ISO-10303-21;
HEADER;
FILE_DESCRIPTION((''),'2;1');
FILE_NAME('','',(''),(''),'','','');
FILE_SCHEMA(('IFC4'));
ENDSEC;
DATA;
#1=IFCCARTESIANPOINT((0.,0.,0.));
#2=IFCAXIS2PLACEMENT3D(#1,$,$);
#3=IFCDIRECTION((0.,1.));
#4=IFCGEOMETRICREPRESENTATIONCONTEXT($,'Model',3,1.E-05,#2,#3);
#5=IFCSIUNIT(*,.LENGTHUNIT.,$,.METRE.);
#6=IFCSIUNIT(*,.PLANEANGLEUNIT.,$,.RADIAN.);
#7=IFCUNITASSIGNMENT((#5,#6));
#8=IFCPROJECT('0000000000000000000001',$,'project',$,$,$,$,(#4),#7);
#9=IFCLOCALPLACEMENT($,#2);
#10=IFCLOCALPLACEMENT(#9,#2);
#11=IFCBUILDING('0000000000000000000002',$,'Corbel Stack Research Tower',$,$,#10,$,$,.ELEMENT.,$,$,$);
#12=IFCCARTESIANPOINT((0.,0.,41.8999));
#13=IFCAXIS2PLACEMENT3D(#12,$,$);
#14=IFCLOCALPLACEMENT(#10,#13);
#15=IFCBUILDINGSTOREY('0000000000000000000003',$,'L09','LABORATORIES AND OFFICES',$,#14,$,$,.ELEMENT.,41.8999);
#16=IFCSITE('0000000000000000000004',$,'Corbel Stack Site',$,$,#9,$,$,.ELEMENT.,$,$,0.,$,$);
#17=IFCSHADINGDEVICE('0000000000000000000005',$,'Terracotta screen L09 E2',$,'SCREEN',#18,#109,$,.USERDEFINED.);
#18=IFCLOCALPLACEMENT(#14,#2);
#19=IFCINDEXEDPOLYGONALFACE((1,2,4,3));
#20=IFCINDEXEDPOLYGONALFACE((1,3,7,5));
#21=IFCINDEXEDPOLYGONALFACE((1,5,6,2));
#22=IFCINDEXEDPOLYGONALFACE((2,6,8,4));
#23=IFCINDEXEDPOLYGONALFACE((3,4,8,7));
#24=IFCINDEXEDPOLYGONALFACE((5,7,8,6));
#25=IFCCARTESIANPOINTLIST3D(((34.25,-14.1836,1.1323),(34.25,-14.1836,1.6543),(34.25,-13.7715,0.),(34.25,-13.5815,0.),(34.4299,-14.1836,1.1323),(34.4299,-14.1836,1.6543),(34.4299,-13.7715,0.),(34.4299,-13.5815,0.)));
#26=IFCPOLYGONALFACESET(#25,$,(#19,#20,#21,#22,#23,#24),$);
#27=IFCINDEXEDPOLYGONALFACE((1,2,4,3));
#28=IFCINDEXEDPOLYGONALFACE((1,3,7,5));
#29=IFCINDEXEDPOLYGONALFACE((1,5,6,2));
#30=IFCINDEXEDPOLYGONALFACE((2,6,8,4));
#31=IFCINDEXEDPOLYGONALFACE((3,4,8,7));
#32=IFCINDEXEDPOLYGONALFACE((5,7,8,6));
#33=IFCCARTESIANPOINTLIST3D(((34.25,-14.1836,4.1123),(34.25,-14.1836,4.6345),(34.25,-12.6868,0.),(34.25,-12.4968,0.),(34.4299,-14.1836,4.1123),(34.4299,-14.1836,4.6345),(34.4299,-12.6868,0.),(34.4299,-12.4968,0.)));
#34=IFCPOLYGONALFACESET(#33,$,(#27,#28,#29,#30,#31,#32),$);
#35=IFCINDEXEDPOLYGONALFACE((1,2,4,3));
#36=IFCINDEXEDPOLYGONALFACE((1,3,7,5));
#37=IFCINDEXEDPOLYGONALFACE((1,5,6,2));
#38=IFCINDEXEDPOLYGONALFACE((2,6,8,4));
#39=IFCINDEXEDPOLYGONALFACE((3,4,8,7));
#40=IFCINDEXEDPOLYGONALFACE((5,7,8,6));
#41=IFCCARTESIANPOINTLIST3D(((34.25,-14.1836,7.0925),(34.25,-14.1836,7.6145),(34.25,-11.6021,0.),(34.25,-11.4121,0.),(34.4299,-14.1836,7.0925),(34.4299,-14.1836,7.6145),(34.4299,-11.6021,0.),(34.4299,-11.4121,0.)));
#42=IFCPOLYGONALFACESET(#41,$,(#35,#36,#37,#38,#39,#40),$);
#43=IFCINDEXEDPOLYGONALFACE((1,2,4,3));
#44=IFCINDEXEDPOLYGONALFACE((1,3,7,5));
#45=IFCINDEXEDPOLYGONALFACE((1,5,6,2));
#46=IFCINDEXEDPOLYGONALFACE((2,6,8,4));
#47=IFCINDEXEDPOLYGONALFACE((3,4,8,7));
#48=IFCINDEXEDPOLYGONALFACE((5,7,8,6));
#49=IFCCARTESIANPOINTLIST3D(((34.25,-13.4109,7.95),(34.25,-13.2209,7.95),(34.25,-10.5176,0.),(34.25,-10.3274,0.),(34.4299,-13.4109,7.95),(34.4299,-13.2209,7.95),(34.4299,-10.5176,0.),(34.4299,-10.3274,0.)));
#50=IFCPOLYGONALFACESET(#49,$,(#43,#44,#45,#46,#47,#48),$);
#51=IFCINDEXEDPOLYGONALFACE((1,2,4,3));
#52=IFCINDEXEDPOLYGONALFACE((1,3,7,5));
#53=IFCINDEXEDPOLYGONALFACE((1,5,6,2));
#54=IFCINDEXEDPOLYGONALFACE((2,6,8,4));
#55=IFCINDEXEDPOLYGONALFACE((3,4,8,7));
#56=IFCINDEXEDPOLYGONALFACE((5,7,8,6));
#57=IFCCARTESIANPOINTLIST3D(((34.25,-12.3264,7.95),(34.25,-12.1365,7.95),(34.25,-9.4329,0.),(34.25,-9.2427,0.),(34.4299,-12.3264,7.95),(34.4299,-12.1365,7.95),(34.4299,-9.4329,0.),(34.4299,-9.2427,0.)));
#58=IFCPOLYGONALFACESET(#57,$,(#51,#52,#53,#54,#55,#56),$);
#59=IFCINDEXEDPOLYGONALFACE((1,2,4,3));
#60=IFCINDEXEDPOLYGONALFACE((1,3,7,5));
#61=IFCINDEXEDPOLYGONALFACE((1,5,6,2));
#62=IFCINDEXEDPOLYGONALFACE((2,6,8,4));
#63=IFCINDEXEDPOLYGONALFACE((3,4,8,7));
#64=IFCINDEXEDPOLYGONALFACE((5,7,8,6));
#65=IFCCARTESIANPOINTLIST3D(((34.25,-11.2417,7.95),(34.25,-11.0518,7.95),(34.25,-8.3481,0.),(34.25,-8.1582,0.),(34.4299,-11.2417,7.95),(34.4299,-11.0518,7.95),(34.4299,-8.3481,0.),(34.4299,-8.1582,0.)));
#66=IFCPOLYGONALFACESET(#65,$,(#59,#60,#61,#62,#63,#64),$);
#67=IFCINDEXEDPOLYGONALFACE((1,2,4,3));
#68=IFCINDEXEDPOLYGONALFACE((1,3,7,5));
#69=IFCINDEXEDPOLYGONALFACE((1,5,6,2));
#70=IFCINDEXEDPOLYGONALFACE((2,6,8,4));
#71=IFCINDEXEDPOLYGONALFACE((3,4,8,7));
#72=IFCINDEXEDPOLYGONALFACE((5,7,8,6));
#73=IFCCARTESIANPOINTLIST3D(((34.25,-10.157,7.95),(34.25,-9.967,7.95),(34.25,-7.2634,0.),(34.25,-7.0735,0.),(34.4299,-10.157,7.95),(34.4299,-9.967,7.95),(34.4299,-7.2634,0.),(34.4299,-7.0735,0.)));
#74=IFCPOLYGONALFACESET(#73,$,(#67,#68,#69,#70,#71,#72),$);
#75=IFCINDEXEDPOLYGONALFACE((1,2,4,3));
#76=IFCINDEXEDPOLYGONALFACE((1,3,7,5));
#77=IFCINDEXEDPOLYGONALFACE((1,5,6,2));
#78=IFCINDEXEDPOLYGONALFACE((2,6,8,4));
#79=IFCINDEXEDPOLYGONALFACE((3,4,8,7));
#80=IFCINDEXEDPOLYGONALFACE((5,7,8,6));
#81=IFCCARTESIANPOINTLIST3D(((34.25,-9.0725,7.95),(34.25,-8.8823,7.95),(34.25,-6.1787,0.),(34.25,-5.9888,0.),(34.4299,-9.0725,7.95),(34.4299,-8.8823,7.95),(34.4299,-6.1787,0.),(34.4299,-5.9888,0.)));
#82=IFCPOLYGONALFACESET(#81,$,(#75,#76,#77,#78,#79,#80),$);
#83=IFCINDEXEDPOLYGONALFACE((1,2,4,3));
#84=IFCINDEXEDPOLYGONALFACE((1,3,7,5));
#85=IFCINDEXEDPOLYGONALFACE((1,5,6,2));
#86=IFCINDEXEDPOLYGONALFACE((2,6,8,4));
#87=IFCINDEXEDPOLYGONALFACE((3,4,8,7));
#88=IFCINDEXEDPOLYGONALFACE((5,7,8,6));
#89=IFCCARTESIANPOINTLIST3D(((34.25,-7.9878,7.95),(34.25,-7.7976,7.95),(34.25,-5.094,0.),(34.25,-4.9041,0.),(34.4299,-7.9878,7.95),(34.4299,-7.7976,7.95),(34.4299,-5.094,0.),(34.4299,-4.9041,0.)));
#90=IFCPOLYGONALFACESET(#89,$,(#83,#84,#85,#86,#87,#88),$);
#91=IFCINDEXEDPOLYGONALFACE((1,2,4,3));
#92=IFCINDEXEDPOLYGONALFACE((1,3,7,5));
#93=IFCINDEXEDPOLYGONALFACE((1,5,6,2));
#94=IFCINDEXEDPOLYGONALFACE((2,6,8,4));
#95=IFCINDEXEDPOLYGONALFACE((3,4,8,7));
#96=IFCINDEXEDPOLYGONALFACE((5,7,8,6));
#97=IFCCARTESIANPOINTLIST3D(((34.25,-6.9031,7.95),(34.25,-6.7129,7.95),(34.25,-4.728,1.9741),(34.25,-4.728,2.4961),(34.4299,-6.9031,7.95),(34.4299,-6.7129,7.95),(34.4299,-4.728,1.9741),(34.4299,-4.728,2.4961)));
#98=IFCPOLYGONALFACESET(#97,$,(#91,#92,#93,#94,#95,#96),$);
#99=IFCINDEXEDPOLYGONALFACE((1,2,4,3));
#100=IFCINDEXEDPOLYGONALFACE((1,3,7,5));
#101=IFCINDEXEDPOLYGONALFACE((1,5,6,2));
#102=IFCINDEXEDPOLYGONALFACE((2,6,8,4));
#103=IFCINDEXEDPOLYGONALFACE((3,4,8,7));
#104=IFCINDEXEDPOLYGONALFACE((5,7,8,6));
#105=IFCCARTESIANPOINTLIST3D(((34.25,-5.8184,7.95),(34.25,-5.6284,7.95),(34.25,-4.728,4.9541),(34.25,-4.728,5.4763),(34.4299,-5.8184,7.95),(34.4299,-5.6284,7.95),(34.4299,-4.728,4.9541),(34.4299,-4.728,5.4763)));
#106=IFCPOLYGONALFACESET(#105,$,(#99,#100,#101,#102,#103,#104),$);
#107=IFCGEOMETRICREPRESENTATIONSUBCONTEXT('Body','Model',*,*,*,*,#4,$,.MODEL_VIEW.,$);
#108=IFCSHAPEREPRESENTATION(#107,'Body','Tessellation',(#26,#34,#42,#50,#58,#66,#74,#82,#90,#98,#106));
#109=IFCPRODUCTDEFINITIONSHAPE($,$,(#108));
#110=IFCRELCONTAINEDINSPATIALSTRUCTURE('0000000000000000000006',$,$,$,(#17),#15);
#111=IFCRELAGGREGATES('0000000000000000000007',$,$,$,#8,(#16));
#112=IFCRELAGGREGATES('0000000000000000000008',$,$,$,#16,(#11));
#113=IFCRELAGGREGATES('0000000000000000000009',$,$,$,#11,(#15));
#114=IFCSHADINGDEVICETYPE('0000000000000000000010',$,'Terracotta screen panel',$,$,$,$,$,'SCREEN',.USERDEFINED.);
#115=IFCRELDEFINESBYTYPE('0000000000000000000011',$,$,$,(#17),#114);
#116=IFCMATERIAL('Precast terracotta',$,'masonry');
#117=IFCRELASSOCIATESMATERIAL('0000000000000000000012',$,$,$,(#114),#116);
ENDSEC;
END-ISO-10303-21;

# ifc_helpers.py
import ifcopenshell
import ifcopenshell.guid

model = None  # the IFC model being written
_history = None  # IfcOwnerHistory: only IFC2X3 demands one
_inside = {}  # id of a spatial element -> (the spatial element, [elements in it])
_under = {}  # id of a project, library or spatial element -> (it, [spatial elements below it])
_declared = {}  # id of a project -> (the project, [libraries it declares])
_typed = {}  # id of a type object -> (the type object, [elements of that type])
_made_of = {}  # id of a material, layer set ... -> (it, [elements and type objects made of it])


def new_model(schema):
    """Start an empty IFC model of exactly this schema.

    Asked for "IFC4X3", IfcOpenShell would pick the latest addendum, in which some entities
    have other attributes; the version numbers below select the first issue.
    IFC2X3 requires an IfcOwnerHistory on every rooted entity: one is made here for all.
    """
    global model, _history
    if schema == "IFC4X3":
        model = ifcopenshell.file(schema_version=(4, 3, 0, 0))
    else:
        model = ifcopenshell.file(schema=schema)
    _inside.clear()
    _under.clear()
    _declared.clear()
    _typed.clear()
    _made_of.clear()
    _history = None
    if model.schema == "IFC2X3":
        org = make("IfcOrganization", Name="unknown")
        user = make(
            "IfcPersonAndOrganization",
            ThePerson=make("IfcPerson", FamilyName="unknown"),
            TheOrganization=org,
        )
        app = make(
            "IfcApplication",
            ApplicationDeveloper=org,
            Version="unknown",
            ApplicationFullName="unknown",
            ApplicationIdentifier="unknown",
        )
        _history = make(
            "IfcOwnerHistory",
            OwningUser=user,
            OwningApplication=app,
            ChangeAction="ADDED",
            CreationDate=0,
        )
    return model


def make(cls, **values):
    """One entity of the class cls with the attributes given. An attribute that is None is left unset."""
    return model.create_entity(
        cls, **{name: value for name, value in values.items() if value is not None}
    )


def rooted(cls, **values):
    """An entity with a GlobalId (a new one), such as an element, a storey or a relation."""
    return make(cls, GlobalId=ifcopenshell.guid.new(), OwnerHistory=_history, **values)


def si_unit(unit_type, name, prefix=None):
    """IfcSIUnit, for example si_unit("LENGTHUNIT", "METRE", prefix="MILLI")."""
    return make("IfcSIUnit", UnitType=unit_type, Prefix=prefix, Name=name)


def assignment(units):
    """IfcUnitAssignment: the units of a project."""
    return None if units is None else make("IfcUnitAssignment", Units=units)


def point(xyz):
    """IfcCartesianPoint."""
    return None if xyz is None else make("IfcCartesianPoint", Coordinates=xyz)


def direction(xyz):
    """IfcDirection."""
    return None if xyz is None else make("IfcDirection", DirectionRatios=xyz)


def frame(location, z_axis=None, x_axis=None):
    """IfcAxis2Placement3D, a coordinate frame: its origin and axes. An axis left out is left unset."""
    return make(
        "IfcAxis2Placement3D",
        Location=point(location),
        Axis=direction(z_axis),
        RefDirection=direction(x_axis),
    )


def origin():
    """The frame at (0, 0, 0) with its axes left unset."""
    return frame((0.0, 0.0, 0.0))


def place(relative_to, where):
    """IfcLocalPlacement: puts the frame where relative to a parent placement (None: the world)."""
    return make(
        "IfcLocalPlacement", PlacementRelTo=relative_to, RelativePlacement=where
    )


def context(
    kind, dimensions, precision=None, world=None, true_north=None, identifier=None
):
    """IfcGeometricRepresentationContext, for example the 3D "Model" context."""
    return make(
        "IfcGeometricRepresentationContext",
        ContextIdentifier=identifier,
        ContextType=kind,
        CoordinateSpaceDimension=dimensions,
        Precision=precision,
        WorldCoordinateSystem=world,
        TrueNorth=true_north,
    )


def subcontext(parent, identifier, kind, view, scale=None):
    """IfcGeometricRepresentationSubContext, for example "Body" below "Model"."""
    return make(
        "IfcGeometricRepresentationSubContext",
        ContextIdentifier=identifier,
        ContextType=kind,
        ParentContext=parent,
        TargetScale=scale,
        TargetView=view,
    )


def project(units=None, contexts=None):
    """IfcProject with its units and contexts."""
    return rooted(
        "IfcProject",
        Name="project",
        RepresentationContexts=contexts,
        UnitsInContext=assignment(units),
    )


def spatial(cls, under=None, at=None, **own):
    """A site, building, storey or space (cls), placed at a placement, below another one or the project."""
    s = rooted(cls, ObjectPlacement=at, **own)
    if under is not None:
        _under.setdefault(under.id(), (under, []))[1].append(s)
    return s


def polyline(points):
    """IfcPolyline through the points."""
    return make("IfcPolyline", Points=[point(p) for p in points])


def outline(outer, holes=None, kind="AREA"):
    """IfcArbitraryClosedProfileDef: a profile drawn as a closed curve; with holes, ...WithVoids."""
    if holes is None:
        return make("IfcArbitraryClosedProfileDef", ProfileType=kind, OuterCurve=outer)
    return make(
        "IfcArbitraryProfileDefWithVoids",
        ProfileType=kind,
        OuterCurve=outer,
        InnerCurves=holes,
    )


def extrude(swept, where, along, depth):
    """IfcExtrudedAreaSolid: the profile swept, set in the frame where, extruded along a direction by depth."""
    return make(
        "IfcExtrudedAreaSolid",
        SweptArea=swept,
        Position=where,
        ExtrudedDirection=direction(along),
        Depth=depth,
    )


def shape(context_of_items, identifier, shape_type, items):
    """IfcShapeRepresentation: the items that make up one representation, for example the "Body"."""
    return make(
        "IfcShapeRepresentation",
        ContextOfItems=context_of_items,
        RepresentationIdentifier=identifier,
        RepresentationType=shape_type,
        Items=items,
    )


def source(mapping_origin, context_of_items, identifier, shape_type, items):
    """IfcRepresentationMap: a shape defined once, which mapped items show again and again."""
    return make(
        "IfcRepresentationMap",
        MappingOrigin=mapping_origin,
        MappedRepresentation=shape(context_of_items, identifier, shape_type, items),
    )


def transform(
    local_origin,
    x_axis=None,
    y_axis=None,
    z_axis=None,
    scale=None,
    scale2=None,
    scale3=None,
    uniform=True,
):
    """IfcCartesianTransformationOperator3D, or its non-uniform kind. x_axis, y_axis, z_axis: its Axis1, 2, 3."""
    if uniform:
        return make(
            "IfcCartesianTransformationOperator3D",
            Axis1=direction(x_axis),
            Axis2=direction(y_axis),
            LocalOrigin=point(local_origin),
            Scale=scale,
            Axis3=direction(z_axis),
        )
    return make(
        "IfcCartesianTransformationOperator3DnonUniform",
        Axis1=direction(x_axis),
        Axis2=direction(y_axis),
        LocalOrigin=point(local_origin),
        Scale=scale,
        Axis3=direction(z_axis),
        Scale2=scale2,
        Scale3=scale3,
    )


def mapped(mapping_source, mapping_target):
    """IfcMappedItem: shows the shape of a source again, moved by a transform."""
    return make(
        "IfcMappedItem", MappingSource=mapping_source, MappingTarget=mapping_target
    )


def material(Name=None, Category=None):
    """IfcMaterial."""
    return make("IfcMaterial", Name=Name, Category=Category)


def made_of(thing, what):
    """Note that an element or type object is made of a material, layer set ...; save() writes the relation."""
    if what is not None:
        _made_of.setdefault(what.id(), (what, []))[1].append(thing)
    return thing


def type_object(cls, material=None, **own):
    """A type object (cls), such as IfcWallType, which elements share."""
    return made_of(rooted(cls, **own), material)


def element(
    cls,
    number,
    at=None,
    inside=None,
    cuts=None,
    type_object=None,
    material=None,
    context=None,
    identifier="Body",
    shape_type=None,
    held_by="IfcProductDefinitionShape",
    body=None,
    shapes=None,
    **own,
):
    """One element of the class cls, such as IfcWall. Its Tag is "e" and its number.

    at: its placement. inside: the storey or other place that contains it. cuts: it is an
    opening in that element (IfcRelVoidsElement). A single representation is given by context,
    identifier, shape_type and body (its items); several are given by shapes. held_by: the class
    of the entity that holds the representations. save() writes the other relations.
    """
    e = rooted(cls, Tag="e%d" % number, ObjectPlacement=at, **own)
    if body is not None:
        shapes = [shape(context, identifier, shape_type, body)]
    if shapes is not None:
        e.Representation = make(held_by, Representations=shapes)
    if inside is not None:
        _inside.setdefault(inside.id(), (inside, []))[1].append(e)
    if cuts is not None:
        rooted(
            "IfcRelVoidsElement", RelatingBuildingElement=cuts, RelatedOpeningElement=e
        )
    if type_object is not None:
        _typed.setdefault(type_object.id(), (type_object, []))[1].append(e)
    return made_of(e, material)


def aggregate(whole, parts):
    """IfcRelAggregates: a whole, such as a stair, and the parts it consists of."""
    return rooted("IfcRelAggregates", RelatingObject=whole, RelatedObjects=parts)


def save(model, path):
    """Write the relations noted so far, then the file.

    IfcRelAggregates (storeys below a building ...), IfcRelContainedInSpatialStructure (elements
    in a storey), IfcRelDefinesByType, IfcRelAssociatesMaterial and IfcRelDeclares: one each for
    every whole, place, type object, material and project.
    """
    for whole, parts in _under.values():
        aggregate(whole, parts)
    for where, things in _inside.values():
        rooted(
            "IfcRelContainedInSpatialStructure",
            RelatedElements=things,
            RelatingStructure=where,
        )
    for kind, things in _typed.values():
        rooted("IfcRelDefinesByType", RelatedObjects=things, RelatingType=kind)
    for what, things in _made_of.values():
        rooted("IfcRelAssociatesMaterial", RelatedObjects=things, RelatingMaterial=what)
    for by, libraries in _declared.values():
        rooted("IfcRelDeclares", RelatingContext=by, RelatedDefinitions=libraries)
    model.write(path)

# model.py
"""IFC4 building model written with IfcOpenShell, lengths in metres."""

from ifc_helpers import new_model, si_unit, direction, frame, origin, place, context, subcontext, project, spatial, polyline, outline, extrude, source, transform, mapped, material, type_object, element, save


model = new_model("IFC4")

# Units and contexts
model_context = context("Model", 3, precision=1e-05, world=origin(), true_north=direction((0.0, 1.0)))
body_context = subcontext(model_context, "Body", "Model", "MODEL_VIEW")
ifc_project = project(units=[si_unit("LENGTHUNIT", "METRE"), si_unit("PLANEANGLEUNIT", "RADIAN")], contexts=[model_context])

# Site, building, storey
site_placement = place(None, origin())
site = spatial("IfcSite", under=ifc_project, at=site_placement, Name="Corbel Stack Site", CompositionType="ELEMENT", RefElevation=0.0)
building_placement = place(site_placement, origin())
building = spatial("IfcBuilding", under=site, at=building_placement, Name="Corbel Stack Research Tower", CompositionType="ELEMENT")
storey_placement = place(building_placement, frame((0.0, 0.0, 41.8999)))
storey = spatial("IfcBuildingStorey", under=building, at=storey_placement, Name="L09", Description="LABORATORIES AND OFFICES", CompositionType="ELEMENT", Elevation=41.8999)

# Shading device
ifc_material_1 = material(Name="Precast terracotta", Category="masonry")
shading_device_type = type_object("IfcShadingDeviceType", Name="Terracotta screen panel", ElementType="SCREEN", PredefinedType="USERDEFINED", material=ifc_material_1)
shared_shape = source(origin(), body_context, "Body", "SweptSolid", [
    extrude(outline(polyline([(0.6021, 0.0), (0.0, 1.6543), (0.0, 1.1323), (0.4121, 0.0), (0.6021, 0.0)])), frame((0.0, 0.0, 0.0), z_axis=(0.0, -1.0, 0.0), x_axis=(1.0, 0.0, 0.0)), (0.0, 0.0, 1.0), 0.1799),
    extrude(outline(polyline([(1.6868, 0.0), (0.0, 4.6345), (0.0, 4.1123), (1.4968, 0.0), (1.6868, 0.0)])), frame((0.0, 0.0, 0.0), z_axis=(0.0, -1.0, 0.0), x_axis=(1.0, 0.0, 0.0)), (0.0, 0.0, 1.0), 0.1799),
    extrude(outline(polyline([(2.7715, 0.0), (0.0, 7.6145), (0.0, 7.0925), (2.5815, 0.0), (2.7715, 0.0)])), frame((0.0, 0.0, 0.0), z_axis=(0.0, -1.0, 0.0), x_axis=(1.0, 0.0, 0.0)), (0.0, 0.0, 1.0), 0.1799),
    extrude(outline(polyline([(3.8562, 0.0), (0.9626, 7.95), (0.7727, 7.95), (3.666, 0.0), (3.8562, 0.0)])), frame((0.0, 0.0, 0.0), z_axis=(0.0, -1.0, 0.0), x_axis=(1.0, 0.0, 0.0)), (0.0, 0.0, 1.0), 0.1799),
    extrude(outline(polyline([(4.9409, 0.0), (2.0471, 7.95), (1.8572, 7.95), (4.7507, 0.0), (4.9409, 0.0)])), frame((0.0, 0.0, 0.0), z_axis=(0.0, -1.0, 0.0), x_axis=(1.0, 0.0, 0.0)), (0.0, 0.0, 1.0), 0.1799),
    extrude(outline(polyline([(6.0254, 0.0), (3.1318, 7.95), (2.9419, 7.95), (5.8354, 0.0), (6.0254, 0.0)])), frame((0.0, 0.0, 0.0), z_axis=(0.0, -1.0, 0.0), x_axis=(1.0, 0.0, 0.0)), (0.0, 0.0, 1.0), 0.1799),
    extrude(outline(polyline([(7.1101, 0.0), (4.2166, 7.95), (4.0266, 7.95), (6.9202, 0.0), (7.1101, 0.0)])), frame((0.0, 0.0, 0.0), z_axis=(0.0, -1.0, 0.0), x_axis=(1.0, 0.0, 0.0)), (0.0, 0.0, 1.0), 0.1799),
    extrude(outline(polyline([(8.1948, 0.0), (5.3013, 7.95), (5.1111, 7.95), (8.0049, 0.0), (8.1948, 0.0)])), frame((0.0, 0.0, 0.0), z_axis=(0.0, -1.0, 0.0), x_axis=(1.0, 0.0, 0.0)), (0.0, 0.0, 1.0), 0.1799),
    extrude(outline(polyline([(9.2795, 0.0), (6.386, 7.95), (6.1958, 7.95), (9.0896, 0.0), (9.2795, 0.0)])), frame((0.0, 0.0, 0.0), z_axis=(0.0, -1.0, 0.0), x_axis=(1.0, 0.0, 0.0)), (0.0, 0.0, 1.0), 0.1799),
    extrude(outline(polyline([(7.4707, 7.95), (7.2805, 7.95), (9.4556, 1.9741), (9.4556, 2.4961), (7.4707, 7.95)])), frame((0.0, 0.0, 0.0), z_axis=(0.0, -1.0, 0.0), x_axis=(1.0, 0.0, 0.0)), (0.0, 0.0, 1.0), 0.1799),
    extrude(outline(polyline([(8.5552, 7.95), (8.3652, 7.95), (9.4556, 4.9541), (9.4556, 5.4763), (8.5552, 7.95)])), frame((0.0, 0.0, 0.0), z_axis=(0.0, -1.0, 0.0), x_axis=(1.0, 0.0, 0.0)), (0.0, 0.0, 1.0), 0.1799),
])
shading_device_placement = place(storey_placement, frame((34.25, -14.1836, 0.0), z_axis=(0.0, 0.0, 1.0), x_axis=(0.0, 1.0, 0.0)))
element("IfcShadingDevice", 1, at=shading_device_placement, inside=storey, type_object=shading_device_type, Name="Terracotta screen L09 E2", ObjectType="SCREEN", PredefinedType="USERDEFINED", context=body_context, shape_type="MappedRepresentation", body=[
    mapped(shared_shape, transform((0.0, 0.0, 0.0))),
])

save(model, "model.ifc")
